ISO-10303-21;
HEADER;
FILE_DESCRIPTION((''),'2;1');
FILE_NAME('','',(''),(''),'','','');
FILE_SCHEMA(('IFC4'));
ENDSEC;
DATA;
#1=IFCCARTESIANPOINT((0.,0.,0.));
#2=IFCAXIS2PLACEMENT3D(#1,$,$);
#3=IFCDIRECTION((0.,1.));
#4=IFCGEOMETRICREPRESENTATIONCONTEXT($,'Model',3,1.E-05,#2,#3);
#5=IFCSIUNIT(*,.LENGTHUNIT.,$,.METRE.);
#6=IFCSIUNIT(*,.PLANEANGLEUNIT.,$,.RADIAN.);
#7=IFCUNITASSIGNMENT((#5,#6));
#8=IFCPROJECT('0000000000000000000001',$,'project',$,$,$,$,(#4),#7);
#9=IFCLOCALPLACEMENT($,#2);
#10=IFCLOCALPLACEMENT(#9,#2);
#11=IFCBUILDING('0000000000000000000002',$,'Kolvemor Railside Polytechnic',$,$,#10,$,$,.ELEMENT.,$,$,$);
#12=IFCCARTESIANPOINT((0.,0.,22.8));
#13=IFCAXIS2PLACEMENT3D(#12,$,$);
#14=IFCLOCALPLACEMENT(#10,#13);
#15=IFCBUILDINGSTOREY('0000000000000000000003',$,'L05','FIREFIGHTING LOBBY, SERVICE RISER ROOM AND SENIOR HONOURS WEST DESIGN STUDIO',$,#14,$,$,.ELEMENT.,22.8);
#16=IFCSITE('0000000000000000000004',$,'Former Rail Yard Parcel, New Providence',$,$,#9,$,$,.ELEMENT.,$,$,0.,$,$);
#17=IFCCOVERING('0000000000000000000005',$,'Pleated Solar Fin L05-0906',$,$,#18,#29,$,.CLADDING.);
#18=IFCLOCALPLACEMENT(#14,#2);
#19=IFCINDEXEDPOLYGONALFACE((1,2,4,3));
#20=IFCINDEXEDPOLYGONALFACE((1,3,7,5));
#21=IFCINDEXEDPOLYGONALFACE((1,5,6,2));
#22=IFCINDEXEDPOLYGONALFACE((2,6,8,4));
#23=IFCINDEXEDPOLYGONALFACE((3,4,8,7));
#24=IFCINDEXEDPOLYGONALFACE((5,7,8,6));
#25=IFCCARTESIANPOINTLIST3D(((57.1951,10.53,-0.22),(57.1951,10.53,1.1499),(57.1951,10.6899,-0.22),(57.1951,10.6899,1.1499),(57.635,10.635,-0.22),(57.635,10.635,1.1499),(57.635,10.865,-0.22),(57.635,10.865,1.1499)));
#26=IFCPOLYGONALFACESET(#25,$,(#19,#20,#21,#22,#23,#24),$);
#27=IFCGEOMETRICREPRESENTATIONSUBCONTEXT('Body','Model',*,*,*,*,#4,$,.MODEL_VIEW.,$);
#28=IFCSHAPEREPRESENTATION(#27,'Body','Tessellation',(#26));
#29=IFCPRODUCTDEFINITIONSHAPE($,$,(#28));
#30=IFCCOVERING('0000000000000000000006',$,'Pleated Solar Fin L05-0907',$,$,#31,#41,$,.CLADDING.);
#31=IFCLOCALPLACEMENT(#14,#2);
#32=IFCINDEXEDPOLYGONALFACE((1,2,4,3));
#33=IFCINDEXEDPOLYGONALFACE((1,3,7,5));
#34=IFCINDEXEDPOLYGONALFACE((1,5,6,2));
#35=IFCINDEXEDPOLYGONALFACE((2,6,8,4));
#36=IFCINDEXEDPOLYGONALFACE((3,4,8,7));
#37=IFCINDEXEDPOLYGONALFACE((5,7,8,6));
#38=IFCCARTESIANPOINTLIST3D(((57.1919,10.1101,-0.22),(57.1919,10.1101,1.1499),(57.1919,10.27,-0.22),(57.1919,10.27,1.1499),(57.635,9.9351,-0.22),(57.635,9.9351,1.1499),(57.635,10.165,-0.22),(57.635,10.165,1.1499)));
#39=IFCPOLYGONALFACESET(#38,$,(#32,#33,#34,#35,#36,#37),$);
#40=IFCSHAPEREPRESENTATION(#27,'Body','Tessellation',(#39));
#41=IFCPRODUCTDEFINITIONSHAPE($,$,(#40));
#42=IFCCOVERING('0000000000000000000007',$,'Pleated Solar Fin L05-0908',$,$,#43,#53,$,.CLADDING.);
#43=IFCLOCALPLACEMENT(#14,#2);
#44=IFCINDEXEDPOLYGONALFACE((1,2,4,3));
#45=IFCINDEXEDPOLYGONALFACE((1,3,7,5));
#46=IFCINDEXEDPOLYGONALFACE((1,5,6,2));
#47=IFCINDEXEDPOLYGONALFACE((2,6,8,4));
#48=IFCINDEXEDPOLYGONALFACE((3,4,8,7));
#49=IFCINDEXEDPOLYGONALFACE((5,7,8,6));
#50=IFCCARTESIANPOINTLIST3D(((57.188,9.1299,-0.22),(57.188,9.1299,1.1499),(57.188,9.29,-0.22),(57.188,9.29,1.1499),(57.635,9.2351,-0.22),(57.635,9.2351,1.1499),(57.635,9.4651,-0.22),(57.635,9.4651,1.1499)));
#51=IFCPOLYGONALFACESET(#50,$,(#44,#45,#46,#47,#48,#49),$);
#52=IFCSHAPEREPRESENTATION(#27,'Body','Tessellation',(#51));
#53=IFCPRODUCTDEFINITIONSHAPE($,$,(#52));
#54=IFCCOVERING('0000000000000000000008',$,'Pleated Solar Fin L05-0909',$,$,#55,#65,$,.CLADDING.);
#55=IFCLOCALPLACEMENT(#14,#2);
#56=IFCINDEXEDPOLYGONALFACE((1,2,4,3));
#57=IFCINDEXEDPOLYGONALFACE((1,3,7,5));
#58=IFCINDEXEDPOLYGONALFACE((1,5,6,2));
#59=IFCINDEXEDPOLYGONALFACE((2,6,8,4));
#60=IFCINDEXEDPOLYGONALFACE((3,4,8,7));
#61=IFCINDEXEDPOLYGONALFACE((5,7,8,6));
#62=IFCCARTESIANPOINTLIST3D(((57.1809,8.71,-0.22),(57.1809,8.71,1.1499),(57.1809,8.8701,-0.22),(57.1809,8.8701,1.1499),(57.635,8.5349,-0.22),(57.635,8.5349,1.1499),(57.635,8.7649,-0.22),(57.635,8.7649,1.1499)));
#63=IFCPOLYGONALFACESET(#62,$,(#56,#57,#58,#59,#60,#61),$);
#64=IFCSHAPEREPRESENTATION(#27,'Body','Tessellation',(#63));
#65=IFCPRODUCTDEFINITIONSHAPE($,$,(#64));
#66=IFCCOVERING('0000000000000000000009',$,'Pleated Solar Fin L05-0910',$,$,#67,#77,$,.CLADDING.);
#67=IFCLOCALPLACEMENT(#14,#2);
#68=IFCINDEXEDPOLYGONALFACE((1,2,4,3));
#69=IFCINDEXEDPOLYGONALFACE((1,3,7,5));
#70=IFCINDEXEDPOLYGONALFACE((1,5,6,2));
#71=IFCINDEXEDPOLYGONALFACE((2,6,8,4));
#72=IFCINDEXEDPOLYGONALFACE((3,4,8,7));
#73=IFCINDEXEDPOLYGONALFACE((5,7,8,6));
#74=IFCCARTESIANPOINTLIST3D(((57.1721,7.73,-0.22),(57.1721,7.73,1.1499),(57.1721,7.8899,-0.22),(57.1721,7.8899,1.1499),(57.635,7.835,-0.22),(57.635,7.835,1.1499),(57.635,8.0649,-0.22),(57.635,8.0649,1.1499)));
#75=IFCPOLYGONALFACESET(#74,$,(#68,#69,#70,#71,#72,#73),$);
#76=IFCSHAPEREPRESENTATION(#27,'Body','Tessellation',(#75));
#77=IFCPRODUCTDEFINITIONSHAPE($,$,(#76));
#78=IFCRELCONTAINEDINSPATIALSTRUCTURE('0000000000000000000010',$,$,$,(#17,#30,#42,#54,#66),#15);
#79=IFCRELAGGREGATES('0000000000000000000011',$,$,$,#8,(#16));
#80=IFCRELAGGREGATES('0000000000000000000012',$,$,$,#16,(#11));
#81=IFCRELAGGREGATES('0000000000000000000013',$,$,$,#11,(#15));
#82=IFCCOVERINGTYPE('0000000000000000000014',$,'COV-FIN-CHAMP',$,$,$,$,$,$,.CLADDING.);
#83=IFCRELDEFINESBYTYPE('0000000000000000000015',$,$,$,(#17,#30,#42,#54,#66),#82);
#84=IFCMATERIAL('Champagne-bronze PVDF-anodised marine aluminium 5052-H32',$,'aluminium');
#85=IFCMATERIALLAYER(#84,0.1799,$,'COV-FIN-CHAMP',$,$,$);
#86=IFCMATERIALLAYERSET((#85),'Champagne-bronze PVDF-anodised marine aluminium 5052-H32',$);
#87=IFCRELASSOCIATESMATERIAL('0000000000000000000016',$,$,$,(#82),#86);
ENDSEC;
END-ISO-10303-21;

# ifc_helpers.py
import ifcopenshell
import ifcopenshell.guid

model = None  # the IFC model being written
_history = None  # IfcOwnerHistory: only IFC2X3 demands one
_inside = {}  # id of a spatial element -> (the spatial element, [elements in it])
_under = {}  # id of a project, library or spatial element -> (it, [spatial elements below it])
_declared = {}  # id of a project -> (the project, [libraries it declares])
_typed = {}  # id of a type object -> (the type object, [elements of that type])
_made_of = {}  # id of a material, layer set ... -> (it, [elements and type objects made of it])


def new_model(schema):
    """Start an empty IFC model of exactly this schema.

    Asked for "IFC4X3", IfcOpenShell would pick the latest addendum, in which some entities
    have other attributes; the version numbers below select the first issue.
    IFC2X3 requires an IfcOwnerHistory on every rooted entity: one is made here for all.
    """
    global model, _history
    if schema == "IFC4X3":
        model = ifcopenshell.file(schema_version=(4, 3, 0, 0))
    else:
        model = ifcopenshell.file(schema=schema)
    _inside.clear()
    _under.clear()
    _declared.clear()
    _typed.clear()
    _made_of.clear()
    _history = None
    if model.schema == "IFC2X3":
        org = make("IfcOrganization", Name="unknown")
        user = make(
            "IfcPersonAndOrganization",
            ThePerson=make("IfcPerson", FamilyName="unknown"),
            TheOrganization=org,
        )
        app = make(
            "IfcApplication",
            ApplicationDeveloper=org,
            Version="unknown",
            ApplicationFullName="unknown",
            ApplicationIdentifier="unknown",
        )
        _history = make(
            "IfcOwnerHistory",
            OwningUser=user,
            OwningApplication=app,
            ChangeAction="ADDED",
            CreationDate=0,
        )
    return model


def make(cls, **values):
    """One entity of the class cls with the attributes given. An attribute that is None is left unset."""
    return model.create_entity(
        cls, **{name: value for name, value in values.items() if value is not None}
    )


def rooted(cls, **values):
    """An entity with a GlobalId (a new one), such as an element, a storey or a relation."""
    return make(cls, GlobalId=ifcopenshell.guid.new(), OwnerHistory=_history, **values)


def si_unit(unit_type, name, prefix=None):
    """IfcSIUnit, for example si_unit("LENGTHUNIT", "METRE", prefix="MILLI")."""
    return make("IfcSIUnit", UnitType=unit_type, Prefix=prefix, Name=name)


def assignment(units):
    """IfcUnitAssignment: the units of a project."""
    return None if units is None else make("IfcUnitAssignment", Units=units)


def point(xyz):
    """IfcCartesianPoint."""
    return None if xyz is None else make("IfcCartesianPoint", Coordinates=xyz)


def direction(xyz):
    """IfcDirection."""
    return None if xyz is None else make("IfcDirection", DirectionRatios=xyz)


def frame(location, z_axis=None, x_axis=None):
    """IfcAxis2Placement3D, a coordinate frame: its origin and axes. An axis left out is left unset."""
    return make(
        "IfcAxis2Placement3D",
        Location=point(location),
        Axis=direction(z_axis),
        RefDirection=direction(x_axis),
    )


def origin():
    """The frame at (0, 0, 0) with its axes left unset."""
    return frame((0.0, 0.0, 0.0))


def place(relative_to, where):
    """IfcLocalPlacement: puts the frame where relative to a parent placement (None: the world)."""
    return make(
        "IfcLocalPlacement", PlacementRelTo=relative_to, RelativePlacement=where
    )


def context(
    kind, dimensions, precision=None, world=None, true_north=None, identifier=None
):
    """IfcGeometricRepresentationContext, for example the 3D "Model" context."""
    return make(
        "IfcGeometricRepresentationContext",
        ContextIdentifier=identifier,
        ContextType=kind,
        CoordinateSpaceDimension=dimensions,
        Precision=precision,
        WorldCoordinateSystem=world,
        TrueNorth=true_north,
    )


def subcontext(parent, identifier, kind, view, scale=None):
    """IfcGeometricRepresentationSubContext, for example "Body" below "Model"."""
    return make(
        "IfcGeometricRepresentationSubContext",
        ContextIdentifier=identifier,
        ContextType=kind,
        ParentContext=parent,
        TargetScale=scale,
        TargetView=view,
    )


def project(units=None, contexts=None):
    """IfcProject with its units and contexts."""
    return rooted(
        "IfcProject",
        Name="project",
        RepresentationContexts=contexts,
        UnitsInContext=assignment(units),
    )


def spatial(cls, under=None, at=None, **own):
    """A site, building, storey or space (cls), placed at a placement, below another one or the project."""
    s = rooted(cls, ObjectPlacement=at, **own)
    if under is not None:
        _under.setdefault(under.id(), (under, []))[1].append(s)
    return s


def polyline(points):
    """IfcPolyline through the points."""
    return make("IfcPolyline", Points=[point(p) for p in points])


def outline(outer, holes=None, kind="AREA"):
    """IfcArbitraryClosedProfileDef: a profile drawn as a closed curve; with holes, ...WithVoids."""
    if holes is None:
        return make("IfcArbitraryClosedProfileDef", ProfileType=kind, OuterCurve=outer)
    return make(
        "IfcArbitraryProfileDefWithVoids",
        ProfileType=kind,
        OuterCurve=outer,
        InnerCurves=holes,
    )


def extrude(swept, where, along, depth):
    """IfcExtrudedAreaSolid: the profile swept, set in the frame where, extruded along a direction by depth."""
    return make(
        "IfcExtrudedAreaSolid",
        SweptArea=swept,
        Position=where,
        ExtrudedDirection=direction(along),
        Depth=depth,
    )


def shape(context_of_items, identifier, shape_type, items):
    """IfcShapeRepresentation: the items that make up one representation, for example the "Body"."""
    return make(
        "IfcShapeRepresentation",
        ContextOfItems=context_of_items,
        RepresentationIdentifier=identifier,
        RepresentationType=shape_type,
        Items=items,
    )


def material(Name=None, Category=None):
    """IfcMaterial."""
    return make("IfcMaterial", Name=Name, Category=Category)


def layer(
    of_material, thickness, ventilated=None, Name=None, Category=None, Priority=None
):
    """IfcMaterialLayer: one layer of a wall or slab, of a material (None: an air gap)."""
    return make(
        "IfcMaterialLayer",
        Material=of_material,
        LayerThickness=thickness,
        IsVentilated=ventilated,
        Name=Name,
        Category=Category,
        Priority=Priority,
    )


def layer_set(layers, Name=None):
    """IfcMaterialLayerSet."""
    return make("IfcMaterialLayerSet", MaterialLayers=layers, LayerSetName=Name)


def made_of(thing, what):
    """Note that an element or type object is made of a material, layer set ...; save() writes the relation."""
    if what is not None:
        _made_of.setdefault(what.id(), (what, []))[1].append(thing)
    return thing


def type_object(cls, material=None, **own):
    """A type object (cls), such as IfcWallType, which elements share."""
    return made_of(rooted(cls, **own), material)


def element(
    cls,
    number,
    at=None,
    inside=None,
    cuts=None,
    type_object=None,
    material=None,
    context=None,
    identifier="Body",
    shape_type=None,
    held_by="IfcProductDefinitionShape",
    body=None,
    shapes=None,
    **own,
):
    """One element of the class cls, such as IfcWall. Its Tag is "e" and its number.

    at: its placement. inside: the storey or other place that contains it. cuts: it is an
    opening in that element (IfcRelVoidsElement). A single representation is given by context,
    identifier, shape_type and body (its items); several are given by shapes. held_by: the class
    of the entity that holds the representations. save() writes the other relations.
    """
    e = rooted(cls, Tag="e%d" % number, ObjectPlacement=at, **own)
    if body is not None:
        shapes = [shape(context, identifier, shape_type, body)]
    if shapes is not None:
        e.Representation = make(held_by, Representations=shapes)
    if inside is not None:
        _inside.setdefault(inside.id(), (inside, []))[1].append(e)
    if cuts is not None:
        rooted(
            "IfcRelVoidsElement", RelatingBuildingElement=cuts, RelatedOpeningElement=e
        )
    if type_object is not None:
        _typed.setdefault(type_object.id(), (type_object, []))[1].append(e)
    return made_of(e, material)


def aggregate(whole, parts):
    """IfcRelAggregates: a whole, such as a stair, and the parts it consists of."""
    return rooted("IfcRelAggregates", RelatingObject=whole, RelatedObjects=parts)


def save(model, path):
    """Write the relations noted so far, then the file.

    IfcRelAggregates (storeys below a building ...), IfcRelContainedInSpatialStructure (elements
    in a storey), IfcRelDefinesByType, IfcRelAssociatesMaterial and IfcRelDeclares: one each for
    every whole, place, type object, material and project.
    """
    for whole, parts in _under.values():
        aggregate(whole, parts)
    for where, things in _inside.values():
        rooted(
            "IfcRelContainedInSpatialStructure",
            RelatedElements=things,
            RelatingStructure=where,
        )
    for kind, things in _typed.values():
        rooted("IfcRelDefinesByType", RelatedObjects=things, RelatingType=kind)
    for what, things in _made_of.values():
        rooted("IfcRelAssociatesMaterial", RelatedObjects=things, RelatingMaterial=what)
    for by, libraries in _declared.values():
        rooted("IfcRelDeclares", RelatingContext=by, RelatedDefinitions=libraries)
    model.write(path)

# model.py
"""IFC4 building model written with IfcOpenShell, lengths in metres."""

from ifc_helpers import new_model, si_unit, direction, frame, origin, place, context, subcontext, project, spatial, polyline, outline, extrude, material, layer, layer_set, type_object, element, save


model = new_model("IFC4")

# Units and contexts
model_context = context("Model", 3, precision=1e-05, world=origin(), true_north=direction((0.0, 1.0)))
body_context = subcontext(model_context, "Body", "Model", "MODEL_VIEW")
ifc_project = project(units=[si_unit("LENGTHUNIT", "METRE"), si_unit("PLANEANGLEUNIT", "RADIAN")], contexts=[model_context])

# Site, building, storey
site_placement = place(None, origin())
site = spatial("IfcSite", under=ifc_project, at=site_placement, Name="Former Rail Yard Parcel, New Providence", CompositionType="ELEMENT", RefElevation=0.0)
building_placement = place(site_placement, origin())
building = spatial("IfcBuilding", under=site, at=building_placement, Name="Kolvemor Railside Polytechnic", CompositionType="ELEMENT")
storey_placement = place(building_placement, frame((0.0, 0.0, 22.8)))
storey = spatial("IfcBuildingStorey", under=building, at=storey_placement, Name="L05", Description="FIREFIGHTING LOBBY, SERVICE RISER ROOM AND SENIOR HONOURS WEST DESIGN STUDIO", CompositionType="ELEMENT", Elevation=22.8)

# Coverings
ifc_material = material(Name="Champagne-bronze PVDF-anodised marine aluminium 5052-H32", Category="aluminium")
ifc_layer = layer(ifc_material, 0.1799, Name="COV-FIN-CHAMP")
ifc_layer_set = layer_set([ifc_layer], Name="Champagne-bronze PVDF-anodised marine aluminium 5052-H32")
covering_type = type_object("IfcCoveringType", Name="COV-FIN-CHAMP", PredefinedType="CLADDING", material=ifc_layer_set)
covering_1_placement = place(storey_placement, frame((0.0, 0.0, -0.22)))
element("IfcCovering", 1, at=covering_1_placement, inside=storey, type_object=covering_type, Name="Pleated Solar Fin L05-0906", PredefinedType="CLADDING", context=body_context, shape_type="SweptSolid", body=[
    extrude(outline(polyline([(57.635, 10.865), (57.635, 10.635), (57.1951, 10.53), (57.1951, 10.6899), (57.635, 10.865)])), origin(), (0.0, 0.0, 1.0), 1.3699),
])
covering_2_placement = place(storey_placement, frame((0.0, 0.0, -0.22)))
element("IfcCovering", 2, at=covering_2_placement, inside=storey, type_object=covering_type, Name="Pleated Solar Fin L05-0907", PredefinedType="CLADDING", context=body_context, shape_type="SweptSolid", body=[
    extrude(outline(polyline([(57.635, 10.165), (57.635, 9.9351), (57.1919, 10.1101), (57.1919, 10.27), (57.635, 10.165)])), origin(), (0.0, 0.0, 1.0), 1.3699),
])
covering_3_placement = place(storey_placement, frame((0.0, 0.0, -0.22)))
element("IfcCovering", 3, at=covering_3_placement, inside=storey, type_object=covering_type, Name="Pleated Solar Fin L05-0908", PredefinedType="CLADDING", context=body_context, shape_type="SweptSolid", body=[
    extrude(outline(polyline([(57.635, 9.4651), (57.635, 9.2351), (57.188, 9.1299), (57.188, 9.29), (57.635, 9.4651)])), origin(), (0.0, 0.0, 1.0), 1.3699),
])
covering_4_placement = place(storey_placement, frame((0.0, 0.0, -0.22)))
element("IfcCovering", 4, at=covering_4_placement, inside=storey, type_object=covering_type, Name="Pleated Solar Fin L05-0909", PredefinedType="CLADDING", context=body_context, shape_type="SweptSolid", body=[
    extrude(outline(polyline([(57.635, 8.7649), (57.635, 8.5349), (57.1809, 8.71), (57.1809, 8.8701), (57.635, 8.7649)])), origin(), (0.0, 0.0, 1.0), 1.3699),
])
covering_5_placement = place(storey_placement, frame((0.0, 0.0, -0.22)))
element("IfcCovering", 5, at=covering_5_placement, inside=storey, type_object=covering_type, Name="Pleated Solar Fin L05-0910", PredefinedType="CLADDING", context=body_context, shape_type="SweptSolid", body=[
    extrude(outline(polyline([(57.635, 8.0649), (57.635, 7.835), (57.1721, 7.73), (57.1721, 7.8899), (57.635, 8.0649)])), origin(), (0.0, 0.0, 1.0), 1.3699),
])

save(model, "model.ifc")
